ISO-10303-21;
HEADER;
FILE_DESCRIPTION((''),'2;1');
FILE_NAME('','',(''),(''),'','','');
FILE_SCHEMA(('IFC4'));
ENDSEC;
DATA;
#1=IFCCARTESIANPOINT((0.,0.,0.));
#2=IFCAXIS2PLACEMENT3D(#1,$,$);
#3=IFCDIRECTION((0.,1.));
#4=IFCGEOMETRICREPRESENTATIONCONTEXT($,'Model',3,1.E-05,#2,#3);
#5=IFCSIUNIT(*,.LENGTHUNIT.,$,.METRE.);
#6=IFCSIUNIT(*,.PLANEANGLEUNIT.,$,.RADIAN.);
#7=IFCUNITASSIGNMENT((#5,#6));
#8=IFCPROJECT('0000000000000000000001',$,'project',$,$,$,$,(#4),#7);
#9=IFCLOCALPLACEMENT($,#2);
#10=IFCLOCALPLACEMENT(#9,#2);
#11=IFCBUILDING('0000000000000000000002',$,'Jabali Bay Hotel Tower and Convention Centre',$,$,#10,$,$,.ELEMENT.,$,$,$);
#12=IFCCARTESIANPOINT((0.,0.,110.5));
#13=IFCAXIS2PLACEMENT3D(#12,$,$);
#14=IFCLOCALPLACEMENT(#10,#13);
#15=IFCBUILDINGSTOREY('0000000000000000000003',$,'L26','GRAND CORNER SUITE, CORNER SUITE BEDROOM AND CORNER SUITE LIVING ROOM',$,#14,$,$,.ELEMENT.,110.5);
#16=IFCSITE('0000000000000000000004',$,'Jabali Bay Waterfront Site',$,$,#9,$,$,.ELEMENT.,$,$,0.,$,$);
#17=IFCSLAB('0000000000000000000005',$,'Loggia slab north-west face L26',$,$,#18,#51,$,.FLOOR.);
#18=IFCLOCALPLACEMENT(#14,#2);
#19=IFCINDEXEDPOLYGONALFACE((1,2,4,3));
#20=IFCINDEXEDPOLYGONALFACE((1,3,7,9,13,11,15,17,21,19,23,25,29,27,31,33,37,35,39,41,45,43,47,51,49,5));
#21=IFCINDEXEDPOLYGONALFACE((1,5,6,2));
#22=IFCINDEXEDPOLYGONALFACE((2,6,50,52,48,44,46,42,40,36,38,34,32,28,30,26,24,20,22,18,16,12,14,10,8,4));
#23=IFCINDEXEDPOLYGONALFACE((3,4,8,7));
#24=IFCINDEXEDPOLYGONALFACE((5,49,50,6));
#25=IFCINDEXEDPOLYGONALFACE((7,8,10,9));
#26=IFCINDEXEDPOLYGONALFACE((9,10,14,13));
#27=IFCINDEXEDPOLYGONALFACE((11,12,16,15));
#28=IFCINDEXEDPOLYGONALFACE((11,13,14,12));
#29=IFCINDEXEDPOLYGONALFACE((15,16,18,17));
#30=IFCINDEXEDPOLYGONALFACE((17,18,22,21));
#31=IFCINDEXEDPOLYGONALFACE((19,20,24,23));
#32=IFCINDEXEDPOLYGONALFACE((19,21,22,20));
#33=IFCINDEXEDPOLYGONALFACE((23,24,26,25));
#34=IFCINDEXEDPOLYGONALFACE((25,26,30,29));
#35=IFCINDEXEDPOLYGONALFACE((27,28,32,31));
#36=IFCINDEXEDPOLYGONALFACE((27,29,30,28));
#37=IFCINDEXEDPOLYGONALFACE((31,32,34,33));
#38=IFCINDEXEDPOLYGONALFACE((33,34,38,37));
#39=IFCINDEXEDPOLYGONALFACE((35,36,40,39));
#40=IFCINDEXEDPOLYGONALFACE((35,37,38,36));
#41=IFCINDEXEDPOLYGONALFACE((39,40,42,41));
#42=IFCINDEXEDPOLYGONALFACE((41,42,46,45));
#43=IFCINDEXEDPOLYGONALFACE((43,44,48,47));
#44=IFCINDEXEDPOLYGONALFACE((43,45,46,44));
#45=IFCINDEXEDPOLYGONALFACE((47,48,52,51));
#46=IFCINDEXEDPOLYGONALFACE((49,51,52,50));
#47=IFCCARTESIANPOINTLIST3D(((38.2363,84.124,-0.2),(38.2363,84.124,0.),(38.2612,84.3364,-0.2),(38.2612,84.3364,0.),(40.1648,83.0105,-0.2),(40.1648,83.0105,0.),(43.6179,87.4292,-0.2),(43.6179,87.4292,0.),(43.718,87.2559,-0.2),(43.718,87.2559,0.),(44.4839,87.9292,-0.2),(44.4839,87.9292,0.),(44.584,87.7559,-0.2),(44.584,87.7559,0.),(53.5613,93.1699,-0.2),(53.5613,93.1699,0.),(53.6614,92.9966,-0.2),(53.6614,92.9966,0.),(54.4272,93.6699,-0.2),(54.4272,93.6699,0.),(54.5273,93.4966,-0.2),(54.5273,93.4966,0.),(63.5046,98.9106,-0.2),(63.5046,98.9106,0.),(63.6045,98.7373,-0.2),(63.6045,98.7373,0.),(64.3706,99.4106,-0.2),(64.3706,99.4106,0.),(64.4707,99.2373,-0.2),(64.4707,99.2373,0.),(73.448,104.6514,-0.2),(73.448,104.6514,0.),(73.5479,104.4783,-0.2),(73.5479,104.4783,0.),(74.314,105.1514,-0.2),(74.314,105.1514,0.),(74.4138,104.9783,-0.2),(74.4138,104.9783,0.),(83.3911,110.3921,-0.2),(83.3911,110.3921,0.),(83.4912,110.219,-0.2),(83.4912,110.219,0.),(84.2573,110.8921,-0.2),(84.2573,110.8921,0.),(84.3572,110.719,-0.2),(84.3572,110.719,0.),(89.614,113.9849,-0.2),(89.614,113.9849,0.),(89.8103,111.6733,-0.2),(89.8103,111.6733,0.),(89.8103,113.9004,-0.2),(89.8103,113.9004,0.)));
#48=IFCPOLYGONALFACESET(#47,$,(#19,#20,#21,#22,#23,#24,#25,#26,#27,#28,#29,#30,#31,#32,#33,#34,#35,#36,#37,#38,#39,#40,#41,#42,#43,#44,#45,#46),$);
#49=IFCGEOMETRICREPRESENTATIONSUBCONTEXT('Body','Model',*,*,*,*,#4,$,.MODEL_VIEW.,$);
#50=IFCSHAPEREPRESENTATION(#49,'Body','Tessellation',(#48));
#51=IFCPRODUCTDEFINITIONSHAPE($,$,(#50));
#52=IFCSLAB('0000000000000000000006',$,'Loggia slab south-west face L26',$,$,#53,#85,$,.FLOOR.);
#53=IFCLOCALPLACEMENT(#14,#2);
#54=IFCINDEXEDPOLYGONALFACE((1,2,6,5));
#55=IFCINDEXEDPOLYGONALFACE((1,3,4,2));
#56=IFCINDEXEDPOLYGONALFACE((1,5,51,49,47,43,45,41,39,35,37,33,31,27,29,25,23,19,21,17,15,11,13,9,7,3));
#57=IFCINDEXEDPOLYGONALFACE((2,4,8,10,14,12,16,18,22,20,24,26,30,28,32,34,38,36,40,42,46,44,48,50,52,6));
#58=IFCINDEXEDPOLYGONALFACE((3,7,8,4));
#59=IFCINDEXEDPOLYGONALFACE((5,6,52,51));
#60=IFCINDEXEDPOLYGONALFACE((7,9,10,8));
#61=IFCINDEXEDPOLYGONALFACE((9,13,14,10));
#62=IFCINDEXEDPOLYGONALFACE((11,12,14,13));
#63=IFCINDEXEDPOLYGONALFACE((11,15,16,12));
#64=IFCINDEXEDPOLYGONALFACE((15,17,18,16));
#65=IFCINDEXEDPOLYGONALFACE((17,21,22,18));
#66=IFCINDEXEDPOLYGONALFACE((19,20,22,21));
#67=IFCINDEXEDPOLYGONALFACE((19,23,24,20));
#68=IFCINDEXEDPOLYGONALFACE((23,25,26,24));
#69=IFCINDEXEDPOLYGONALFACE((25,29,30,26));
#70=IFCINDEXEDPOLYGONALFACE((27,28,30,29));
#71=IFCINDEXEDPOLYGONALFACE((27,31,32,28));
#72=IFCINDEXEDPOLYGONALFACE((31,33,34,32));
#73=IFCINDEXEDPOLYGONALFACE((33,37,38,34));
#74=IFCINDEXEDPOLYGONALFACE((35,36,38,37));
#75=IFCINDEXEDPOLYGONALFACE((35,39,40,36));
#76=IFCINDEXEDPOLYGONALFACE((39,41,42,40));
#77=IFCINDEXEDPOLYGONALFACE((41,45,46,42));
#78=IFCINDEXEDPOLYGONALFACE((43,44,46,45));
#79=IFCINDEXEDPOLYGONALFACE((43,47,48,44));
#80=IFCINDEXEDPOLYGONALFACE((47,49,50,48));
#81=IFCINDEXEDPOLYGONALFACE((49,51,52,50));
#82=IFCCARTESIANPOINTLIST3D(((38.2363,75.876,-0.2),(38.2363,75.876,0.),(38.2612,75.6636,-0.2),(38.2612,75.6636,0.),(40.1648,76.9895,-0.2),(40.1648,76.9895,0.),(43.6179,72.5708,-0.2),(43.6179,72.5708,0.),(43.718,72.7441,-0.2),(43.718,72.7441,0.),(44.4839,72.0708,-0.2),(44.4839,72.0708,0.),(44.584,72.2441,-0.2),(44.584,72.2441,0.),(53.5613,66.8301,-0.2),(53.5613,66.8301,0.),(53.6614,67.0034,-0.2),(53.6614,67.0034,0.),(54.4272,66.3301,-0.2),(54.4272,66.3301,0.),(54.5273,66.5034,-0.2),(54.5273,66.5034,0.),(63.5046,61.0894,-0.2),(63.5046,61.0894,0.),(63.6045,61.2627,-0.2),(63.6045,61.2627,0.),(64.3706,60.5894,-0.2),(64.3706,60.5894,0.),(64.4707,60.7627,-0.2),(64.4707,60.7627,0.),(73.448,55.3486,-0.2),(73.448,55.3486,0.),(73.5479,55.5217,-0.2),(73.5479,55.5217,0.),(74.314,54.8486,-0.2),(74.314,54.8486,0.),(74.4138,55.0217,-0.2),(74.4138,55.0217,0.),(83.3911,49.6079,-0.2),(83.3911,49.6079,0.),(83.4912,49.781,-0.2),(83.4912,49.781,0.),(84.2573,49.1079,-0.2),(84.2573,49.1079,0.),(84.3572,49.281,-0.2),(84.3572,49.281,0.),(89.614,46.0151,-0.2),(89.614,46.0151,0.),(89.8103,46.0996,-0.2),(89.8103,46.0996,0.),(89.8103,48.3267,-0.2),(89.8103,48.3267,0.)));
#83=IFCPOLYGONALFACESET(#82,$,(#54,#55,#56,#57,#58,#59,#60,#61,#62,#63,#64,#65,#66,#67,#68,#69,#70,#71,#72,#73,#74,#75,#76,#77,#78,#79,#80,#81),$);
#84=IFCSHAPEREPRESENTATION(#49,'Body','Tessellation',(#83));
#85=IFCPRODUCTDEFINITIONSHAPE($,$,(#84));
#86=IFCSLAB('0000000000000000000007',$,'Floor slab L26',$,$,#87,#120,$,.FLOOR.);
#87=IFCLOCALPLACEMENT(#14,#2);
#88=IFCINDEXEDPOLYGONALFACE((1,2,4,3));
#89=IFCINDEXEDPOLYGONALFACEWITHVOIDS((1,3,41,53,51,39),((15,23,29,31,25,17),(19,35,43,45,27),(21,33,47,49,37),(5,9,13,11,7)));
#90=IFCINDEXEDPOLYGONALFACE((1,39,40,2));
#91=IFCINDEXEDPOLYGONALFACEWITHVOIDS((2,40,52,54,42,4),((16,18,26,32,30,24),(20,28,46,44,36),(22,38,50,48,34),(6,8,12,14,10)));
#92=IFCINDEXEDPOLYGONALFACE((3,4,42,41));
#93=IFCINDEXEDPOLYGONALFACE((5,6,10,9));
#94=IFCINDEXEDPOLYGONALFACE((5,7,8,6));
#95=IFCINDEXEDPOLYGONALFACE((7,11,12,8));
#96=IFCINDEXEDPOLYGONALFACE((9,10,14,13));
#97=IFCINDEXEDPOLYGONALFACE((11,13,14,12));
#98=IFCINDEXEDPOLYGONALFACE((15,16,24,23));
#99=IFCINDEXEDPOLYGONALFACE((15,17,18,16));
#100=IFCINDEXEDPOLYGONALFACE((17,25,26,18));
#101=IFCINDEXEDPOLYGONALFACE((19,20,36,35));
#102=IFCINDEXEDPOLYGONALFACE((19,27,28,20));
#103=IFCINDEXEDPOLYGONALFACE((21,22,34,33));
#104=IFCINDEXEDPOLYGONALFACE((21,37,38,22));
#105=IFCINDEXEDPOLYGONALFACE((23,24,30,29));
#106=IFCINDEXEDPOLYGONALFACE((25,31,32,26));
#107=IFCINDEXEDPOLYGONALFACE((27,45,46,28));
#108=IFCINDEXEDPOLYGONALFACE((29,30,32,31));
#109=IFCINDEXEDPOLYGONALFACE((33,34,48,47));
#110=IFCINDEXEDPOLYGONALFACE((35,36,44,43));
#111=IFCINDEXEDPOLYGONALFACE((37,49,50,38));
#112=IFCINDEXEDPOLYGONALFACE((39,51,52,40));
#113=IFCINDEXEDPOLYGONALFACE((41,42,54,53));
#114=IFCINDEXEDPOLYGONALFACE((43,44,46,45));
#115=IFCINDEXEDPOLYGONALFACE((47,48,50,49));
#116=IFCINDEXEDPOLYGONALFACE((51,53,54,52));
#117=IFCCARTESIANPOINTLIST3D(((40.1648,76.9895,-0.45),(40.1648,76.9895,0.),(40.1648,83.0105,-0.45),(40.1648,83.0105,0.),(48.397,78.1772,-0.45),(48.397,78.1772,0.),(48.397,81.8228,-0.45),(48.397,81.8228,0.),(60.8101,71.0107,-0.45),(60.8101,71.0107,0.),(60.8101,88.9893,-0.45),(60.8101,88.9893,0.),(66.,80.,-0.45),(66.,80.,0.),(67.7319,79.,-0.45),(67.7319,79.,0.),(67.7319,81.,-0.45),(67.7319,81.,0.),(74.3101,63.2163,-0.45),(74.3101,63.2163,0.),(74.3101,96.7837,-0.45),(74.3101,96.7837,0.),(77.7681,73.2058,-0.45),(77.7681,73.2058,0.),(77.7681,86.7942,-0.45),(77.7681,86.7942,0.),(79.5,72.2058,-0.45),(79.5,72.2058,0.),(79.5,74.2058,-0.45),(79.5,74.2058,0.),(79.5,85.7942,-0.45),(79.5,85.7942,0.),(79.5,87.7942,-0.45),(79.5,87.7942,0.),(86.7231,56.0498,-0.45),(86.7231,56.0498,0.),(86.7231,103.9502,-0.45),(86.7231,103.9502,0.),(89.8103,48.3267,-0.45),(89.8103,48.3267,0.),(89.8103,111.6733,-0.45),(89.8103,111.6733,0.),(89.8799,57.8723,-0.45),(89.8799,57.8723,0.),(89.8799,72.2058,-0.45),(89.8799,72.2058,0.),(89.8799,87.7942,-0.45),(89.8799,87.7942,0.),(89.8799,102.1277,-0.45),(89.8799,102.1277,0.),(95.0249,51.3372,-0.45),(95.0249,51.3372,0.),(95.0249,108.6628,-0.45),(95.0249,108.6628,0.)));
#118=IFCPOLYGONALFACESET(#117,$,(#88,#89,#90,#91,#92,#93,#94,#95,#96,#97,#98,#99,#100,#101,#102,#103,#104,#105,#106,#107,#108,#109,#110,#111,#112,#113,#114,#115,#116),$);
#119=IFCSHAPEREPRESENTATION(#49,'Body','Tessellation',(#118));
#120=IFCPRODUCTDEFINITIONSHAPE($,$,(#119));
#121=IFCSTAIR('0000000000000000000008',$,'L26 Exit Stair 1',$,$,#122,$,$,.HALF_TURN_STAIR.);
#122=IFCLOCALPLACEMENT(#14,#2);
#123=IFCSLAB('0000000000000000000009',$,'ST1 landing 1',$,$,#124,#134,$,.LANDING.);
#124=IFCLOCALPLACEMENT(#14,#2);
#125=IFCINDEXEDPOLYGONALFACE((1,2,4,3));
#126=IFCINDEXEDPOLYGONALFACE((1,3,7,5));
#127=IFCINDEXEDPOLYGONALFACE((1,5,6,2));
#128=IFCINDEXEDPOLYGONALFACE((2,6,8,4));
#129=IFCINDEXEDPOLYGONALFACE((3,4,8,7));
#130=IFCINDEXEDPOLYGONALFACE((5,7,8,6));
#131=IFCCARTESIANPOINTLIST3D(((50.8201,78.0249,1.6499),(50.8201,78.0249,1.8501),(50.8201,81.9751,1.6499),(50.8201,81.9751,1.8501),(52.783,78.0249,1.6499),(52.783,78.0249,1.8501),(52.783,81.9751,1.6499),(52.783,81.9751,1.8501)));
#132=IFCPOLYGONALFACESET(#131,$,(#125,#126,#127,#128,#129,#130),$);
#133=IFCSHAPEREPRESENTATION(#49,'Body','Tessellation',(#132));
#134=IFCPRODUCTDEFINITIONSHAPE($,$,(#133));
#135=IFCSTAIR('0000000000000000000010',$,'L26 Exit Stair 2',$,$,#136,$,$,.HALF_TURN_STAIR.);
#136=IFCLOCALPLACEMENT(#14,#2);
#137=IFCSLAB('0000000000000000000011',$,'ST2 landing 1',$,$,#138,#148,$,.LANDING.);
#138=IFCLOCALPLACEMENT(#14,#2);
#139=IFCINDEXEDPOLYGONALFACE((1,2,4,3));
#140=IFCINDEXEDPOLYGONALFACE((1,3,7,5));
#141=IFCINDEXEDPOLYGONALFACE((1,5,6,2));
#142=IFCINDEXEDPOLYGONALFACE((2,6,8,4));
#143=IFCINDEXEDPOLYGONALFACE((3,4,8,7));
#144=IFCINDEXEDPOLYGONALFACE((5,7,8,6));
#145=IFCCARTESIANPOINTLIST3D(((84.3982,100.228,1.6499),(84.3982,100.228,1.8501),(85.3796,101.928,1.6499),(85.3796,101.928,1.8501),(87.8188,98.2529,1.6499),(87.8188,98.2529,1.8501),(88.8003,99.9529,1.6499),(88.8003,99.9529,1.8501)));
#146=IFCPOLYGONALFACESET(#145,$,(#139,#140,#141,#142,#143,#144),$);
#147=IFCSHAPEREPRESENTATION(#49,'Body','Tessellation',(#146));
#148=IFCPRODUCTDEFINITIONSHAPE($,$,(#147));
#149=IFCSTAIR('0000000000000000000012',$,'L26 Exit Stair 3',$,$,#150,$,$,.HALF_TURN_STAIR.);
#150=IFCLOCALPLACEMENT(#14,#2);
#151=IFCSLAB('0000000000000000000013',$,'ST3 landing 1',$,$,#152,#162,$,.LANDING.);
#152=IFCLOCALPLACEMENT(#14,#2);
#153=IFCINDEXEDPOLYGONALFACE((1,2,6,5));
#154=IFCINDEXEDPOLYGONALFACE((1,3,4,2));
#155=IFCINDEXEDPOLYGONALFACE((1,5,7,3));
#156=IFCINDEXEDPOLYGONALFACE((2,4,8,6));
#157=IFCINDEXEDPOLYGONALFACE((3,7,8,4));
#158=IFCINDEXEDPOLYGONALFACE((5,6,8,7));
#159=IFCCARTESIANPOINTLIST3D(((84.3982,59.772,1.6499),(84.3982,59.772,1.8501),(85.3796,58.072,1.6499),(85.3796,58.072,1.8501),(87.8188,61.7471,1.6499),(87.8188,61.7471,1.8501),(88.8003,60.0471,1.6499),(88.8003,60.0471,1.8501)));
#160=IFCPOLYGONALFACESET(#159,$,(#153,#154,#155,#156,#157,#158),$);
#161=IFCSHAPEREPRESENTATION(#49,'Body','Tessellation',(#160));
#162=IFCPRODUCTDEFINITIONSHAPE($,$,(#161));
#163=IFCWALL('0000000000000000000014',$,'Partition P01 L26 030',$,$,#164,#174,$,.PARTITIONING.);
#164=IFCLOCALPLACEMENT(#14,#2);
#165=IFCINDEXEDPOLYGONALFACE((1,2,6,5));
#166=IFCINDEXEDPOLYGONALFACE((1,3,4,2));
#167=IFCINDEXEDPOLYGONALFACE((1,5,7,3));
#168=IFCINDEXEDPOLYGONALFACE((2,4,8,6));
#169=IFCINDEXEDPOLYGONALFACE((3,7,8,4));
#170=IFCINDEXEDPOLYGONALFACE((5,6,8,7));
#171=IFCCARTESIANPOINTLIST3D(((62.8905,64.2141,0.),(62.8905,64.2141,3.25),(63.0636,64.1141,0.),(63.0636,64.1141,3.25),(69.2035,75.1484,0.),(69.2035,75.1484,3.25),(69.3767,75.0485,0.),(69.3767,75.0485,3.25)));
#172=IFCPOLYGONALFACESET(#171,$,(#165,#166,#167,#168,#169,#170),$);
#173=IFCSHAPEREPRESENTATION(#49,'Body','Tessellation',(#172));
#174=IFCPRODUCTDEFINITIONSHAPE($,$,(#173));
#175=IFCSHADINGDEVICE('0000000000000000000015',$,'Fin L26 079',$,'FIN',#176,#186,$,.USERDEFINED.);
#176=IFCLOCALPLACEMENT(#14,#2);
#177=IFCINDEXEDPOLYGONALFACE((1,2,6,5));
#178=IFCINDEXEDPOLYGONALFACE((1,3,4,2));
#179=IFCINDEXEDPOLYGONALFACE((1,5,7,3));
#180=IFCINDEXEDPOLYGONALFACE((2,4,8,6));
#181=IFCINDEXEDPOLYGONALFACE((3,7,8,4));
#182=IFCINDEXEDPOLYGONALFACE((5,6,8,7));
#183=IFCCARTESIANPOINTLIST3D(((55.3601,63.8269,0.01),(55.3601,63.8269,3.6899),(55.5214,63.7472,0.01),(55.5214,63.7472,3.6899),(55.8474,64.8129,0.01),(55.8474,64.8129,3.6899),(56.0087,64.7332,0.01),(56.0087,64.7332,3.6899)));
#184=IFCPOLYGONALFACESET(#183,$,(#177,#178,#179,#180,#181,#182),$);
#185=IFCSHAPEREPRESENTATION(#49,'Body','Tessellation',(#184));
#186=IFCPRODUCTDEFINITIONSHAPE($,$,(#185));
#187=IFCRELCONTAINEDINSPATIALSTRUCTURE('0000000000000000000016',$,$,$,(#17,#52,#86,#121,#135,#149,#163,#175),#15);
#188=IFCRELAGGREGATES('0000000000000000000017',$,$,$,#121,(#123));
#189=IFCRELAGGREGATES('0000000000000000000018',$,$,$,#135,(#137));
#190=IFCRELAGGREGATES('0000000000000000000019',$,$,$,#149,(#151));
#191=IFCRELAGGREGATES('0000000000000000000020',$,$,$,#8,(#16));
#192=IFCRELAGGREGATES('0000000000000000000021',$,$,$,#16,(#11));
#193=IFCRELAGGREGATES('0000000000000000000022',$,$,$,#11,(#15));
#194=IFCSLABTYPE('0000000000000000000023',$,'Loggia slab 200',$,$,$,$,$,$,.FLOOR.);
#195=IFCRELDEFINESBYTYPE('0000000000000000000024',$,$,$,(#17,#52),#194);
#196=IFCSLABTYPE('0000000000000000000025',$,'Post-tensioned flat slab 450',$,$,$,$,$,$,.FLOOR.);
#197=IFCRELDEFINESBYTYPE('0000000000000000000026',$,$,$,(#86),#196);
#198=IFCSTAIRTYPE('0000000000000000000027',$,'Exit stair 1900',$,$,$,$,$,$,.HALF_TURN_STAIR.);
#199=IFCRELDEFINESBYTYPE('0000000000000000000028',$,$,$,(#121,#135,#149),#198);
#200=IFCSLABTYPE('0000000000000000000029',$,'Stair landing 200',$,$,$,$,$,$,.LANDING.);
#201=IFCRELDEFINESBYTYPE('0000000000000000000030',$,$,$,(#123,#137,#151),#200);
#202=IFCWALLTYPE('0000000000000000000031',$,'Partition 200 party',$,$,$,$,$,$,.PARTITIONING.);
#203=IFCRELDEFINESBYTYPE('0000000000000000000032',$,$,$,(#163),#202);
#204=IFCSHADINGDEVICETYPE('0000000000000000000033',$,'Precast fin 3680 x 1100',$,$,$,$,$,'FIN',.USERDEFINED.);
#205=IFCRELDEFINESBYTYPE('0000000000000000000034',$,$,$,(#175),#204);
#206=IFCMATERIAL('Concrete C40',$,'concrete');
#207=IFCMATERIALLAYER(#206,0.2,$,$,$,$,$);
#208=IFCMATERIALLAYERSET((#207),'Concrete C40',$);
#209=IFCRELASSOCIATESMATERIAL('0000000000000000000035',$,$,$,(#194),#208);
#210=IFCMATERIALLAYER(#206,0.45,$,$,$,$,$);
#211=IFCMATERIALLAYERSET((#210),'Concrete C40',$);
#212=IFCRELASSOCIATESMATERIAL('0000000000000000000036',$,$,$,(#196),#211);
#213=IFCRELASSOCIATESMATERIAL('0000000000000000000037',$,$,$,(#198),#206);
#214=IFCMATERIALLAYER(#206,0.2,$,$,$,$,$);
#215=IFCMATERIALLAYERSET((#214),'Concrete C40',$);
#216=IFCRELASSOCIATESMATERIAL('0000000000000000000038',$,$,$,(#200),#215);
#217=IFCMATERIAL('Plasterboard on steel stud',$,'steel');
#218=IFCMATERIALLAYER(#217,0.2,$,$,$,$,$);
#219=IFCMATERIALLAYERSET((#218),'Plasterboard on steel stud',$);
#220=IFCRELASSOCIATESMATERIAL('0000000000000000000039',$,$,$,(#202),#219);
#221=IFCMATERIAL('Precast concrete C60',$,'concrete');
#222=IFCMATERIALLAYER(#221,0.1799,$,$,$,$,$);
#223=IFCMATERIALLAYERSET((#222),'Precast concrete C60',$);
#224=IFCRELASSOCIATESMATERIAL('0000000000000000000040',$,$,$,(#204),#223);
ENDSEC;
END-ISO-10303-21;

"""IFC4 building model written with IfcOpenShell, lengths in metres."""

from ifc_helpers import new_model, si_unit, direction, frame, frame_2d, origin, place, context, subcontext, project, spatial, polyline, rectangle, outline, extrude, material, layer, layer_set, type_object, element, aggregate, save


model = new_model("IFC4")

# Units and contexts
model_context = context("Model", 3, precision=1e-05, world=origin(), true_north=direction((0.0, 1.0)))
body_context = subcontext(model_context, "Body", "Model", "MODEL_VIEW")
ifc_project = project(units=[si_unit("LENGTHUNIT", "METRE"), si_unit("PLANEANGLEUNIT", "RADIAN")], contexts=[model_context])

# Site, building, storey
site_placement = place(None, origin())
site = spatial("IfcSite", under=ifc_project, at=site_placement, Name="Jabali Bay Waterfront Site", CompositionType="ELEMENT", RefElevation=0.0)
building_placement = place(site_placement, origin())
building = spatial("IfcBuilding", under=site, at=building_placement, Name="Jabali Bay Hotel Tower and Convention Centre", CompositionType="ELEMENT")
storey_placement = place(building_placement, frame((0.0, 0.0, 110.5)))
storey = spatial("IfcBuildingStorey", under=building, at=storey_placement, Name="L26", Description="GRAND CORNER SUITE, CORNER SUITE BEDROOM AND CORNER SUITE LIVING ROOM", CompositionType="ELEMENT", Elevation=110.5)

# Slabs
ifc_material_1 = material(Name="Concrete C40", Category="concrete")
ifc_layer_1 = layer(ifc_material_1, 0.2)
ifc_layer_set_1 = layer_set([ifc_layer_1], Name="Concrete C40")
slab_type_1 = type_object("IfcSlabType", Name="Loggia slab 200", PredefinedType="FLOOR", material=ifc_layer_set_1)
slab_1_placement = place(storey_placement, frame((0.0, 0.0, -0.2)))
element("IfcSlab", 1, at=slab_1_placement, inside=storey, type_object=slab_type_1, Name="Loggia slab north-west face L26", PredefinedType="FLOOR", context=body_context, shape_type="SweptSolid", body=[
    extrude(outline(polyline([(40.1648, 83.0105), (38.2363, 84.124), (38.2612, 84.3364), (43.6179, 87.4292), (43.718, 87.2559), (44.584, 87.7559), (44.4839, 87.9292), (53.5613, 93.1699), (53.6614, 92.9966), (54.5273, 93.4966), (54.4272, 93.6699), (63.5046, 98.9106), (63.6045, 98.7373), (64.4707, 99.2373), (64.3706, 99.4106), (73.448, 104.6514), (73.5479, 104.4783), (74.4138, 104.9783), (74.314, 105.1514), (83.3911, 110.3921), (83.4912, 110.219), (84.3572, 110.719), (84.2573, 110.8921), (89.614, 113.9849), (89.8103, 113.9004), (89.8103, 111.6733), (40.1648, 83.0105)])), origin(), (0.0, 0.0, 1.0), 0.2),
])
slab_2_placement = place(storey_placement, frame((0.0, 0.0, -0.2)))
element("IfcSlab", 2, at=slab_2_placement, inside=storey, type_object=slab_type_1, Name="Loggia slab south-west face L26", PredefinedType="FLOOR", context=body_context, shape_type="SweptSolid", body=[
    extrude(outline(polyline([(89.8103, 48.3267), (89.8103, 46.0996), (89.614, 46.0151), (84.2573, 49.1079), (84.3572, 49.281), (83.4912, 49.781), (83.3911, 49.6079), (74.314, 54.8486), (74.4138, 55.0217), (73.5479, 55.5217), (73.448, 55.3486), (64.3706, 60.5894), (64.4707, 60.7627), (63.6045, 61.2627), (63.5046, 61.0894), (54.4272, 66.3301), (54.5273, 66.5034), (53.6614, 67.0034), (53.5613, 66.8301), (44.4839, 72.0708), (44.584, 72.2441), (43.718, 72.7441), (43.6179, 72.5708), (38.2612, 75.6636), (38.2363, 75.876), (40.1648, 76.9895), (89.8103, 48.3267)])), origin(), (0.0, 0.0, 1.0), 0.2),
])
ifc_layer_2 = layer(ifc_material_1, 0.45)
ifc_layer_set_2 = layer_set([ifc_layer_2], Name="Concrete C40")
slab_type_2 = type_object("IfcSlabType", Name="Post-tensioned flat slab 450", PredefinedType="FLOOR", material=ifc_layer_set_2)
slab_3_placement = place(storey_placement, frame((0.0, 0.0, -0.45)))
element("IfcSlab", 3, at=slab_3_placement, inside=storey, type_object=slab_type_2, Name="Floor slab L26", PredefinedType="FLOOR", context=body_context, shape_type="SweptSolid", body=[
    extrude(outline(polyline([(89.8103, 111.6733), (95.0249, 108.6628), (95.0249, 51.3372), (89.8103, 48.3267), (40.1648, 76.9895), (40.1648, 83.0105), (89.8103, 111.6733)]), holes=[polyline([(67.7319, 79.0), (77.7681, 73.2058), (79.5, 74.2058), (79.5, 85.7942), (77.7681, 86.7942), (67.7319, 81.0), (67.7319, 79.0)]), polyline([(48.397, 78.1772), (60.8101, 71.0107), (66.0, 80.0), (60.8101, 88.9893), (48.397, 81.8228), (48.397, 78.1772)]), polyline([(89.8799, 102.1277), (86.7231, 103.9502), (74.3101, 96.7837), (79.5, 87.7942), (89.8799, 87.7942), (89.8799, 102.1277)]), polyline([(74.3101, 63.2163), (86.7231, 56.0498), (89.8799, 57.8723), (89.8799, 72.2058), (79.5, 72.2058), (74.3101, 63.2163)])]), origin(), (0.0, 0.0, 1.0), 0.45),
])

# Stairs, slabs
stair_type = type_object("IfcStairType", Name="Exit stair 1900", PredefinedType="HALF_TURN_STAIR", material=ifc_material_1)
stair_1_placement = place(storey_placement, origin())
stair_1 = element("IfcStair", 4, at=stair_1_placement, inside=storey, type_object=stair_type, Name="L26 Exit Stair 1", PredefinedType="HALF_TURN_STAIR")
ifc_layer_3 = layer(ifc_material_1, 0.2)
ifc_layer_set_3 = layer_set([ifc_layer_3], Name="Concrete C40")
slab_type_3 = type_object("IfcSlabType", Name="Stair landing 200", PredefinedType="LANDING", material=ifc_layer_set_3)
slab_4_placement = place(storey_placement, frame((0.0, 0.0, 1.6499)))
slab_4 = element("IfcSlab", 5, at=slab_4_placement, type_object=slab_type_3, Name="ST1 landing 1", PredefinedType="LANDING", context=body_context, shape_type="SweptSolid", body=[
    extrude(outline(polyline([(52.783, 81.9751), (50.8201, 81.9751), (50.8201, 78.0249), (52.783, 78.0249), (52.783, 81.9751)])), origin(), (0.0, 0.0, 1.0), 0.2002),
])
aggregate(stair_1, [slab_4])
stair_2_placement = place(storey_placement, origin())
stair_2 = element("IfcStair", 6, at=stair_2_placement, inside=storey, type_object=stair_type, Name="L26 Exit Stair 2", PredefinedType="HALF_TURN_STAIR")
slab_5_placement = place(storey_placement, frame((0.0, 0.0, 1.6499)))
slab_5 = element("IfcSlab", 7, at=slab_5_placement, type_object=slab_type_3, Name="ST2 landing 1", PredefinedType="LANDING", context=body_context, shape_type="SweptSolid", body=[
    extrude(outline(polyline([(87.8188, 98.2529), (88.8003, 99.9529), (85.3796, 101.928), (84.3982, 100.228), (87.8188, 98.2529)])), origin(), (0.0, 0.0, 1.0), 0.2002),
])
aggregate(stair_2, [slab_5])
stair_3_placement = place(storey_placement, origin())
stair_3 = element("IfcStair", 8, at=stair_3_placement, inside=storey, type_object=stair_type, Name="L26 Exit Stair 3", PredefinedType="HALF_TURN_STAIR")
slab_6_placement = place(storey_placement, frame((0.0, 0.0, 1.6499)))
slab_6 = element("IfcSlab", 9, at=slab_6_placement, type_object=slab_type_3, Name="ST3 landing 1", PredefinedType="LANDING", context=body_context, shape_type="SweptSolid", body=[
    extrude(outline(polyline([(84.3982, 59.772), (85.3796, 58.072), (88.8003, 60.0471), (87.8188, 61.7471), (84.3982, 59.772)])), origin(), (0.0, 0.0, 1.0), 0.2002),
])
aggregate(stair_3, [slab_6])

# Wall
ifc_material_2 = material(Name="Plasterboard on steel stud", Category="steel")
ifc_layer_4 = layer(ifc_material_2, 0.2)
ifc_layer_set_4 = layer_set([ifc_layer_4], Name="Plasterboard on steel stud")
wall_type = type_object("IfcWallType", Name="Partition 200 party", PredefinedType="PARTITIONING", material=ifc_layer_set_4)
wall_placement = place(storey_placement, frame((62.9771, 64.1641, 0.0), z_axis=(0.0, 0.0, 1.0), x_axis=(0.500003, 0.866024, 0.0)))
element("IfcWall", 10, at=wall_placement, inside=storey, type_object=wall_type, Name="Partition P01 L26 030", PredefinedType="PARTITIONING", context=body_context, shape_type="SweptSolid", body=[
    extrude(rectangle(XDim=12.626, YDim=0.2, at=frame_2d((6.313, 0.0))), origin(), (0.0, 0.0, 1.0), 3.25),
])

# Shading device
ifc_material_3 = material(Name="Precast concrete C60", Category="concrete")
ifc_layer_5 = layer(ifc_material_3, 0.1799)
ifc_layer_set_5 = layer_set([ifc_layer_5], Name="Precast concrete C60")
shading_device_type = type_object("IfcShadingDeviceType", Name="Precast fin 3680 x 1100", ElementType="FIN", PredefinedType="USERDEFINED", material=ifc_layer_set_5)
shading_device_1_placement = place(storey_placement, frame((55.928, 64.7729, 0.01), z_axis=(0.0, 0.0, 1.0), x_axis=(-0.443036, -0.896504, 0.0)))
element("IfcShadingDevice", 11, at=shading_device_1_placement, inside=storey, type_object=shading_device_type, Name="Fin L26 079", ObjectType="FIN", PredefinedType="USERDEFINED", context=body_context, shape_type="SweptSolid", body=[
    extrude(rectangle(XDim=1.0999, YDim=0.1799, at=frame_2d((0.5498, 0.0))), origin(), (0.0, 0.0, 1.0), 3.6799),
])

save(model, "model.ifc")
